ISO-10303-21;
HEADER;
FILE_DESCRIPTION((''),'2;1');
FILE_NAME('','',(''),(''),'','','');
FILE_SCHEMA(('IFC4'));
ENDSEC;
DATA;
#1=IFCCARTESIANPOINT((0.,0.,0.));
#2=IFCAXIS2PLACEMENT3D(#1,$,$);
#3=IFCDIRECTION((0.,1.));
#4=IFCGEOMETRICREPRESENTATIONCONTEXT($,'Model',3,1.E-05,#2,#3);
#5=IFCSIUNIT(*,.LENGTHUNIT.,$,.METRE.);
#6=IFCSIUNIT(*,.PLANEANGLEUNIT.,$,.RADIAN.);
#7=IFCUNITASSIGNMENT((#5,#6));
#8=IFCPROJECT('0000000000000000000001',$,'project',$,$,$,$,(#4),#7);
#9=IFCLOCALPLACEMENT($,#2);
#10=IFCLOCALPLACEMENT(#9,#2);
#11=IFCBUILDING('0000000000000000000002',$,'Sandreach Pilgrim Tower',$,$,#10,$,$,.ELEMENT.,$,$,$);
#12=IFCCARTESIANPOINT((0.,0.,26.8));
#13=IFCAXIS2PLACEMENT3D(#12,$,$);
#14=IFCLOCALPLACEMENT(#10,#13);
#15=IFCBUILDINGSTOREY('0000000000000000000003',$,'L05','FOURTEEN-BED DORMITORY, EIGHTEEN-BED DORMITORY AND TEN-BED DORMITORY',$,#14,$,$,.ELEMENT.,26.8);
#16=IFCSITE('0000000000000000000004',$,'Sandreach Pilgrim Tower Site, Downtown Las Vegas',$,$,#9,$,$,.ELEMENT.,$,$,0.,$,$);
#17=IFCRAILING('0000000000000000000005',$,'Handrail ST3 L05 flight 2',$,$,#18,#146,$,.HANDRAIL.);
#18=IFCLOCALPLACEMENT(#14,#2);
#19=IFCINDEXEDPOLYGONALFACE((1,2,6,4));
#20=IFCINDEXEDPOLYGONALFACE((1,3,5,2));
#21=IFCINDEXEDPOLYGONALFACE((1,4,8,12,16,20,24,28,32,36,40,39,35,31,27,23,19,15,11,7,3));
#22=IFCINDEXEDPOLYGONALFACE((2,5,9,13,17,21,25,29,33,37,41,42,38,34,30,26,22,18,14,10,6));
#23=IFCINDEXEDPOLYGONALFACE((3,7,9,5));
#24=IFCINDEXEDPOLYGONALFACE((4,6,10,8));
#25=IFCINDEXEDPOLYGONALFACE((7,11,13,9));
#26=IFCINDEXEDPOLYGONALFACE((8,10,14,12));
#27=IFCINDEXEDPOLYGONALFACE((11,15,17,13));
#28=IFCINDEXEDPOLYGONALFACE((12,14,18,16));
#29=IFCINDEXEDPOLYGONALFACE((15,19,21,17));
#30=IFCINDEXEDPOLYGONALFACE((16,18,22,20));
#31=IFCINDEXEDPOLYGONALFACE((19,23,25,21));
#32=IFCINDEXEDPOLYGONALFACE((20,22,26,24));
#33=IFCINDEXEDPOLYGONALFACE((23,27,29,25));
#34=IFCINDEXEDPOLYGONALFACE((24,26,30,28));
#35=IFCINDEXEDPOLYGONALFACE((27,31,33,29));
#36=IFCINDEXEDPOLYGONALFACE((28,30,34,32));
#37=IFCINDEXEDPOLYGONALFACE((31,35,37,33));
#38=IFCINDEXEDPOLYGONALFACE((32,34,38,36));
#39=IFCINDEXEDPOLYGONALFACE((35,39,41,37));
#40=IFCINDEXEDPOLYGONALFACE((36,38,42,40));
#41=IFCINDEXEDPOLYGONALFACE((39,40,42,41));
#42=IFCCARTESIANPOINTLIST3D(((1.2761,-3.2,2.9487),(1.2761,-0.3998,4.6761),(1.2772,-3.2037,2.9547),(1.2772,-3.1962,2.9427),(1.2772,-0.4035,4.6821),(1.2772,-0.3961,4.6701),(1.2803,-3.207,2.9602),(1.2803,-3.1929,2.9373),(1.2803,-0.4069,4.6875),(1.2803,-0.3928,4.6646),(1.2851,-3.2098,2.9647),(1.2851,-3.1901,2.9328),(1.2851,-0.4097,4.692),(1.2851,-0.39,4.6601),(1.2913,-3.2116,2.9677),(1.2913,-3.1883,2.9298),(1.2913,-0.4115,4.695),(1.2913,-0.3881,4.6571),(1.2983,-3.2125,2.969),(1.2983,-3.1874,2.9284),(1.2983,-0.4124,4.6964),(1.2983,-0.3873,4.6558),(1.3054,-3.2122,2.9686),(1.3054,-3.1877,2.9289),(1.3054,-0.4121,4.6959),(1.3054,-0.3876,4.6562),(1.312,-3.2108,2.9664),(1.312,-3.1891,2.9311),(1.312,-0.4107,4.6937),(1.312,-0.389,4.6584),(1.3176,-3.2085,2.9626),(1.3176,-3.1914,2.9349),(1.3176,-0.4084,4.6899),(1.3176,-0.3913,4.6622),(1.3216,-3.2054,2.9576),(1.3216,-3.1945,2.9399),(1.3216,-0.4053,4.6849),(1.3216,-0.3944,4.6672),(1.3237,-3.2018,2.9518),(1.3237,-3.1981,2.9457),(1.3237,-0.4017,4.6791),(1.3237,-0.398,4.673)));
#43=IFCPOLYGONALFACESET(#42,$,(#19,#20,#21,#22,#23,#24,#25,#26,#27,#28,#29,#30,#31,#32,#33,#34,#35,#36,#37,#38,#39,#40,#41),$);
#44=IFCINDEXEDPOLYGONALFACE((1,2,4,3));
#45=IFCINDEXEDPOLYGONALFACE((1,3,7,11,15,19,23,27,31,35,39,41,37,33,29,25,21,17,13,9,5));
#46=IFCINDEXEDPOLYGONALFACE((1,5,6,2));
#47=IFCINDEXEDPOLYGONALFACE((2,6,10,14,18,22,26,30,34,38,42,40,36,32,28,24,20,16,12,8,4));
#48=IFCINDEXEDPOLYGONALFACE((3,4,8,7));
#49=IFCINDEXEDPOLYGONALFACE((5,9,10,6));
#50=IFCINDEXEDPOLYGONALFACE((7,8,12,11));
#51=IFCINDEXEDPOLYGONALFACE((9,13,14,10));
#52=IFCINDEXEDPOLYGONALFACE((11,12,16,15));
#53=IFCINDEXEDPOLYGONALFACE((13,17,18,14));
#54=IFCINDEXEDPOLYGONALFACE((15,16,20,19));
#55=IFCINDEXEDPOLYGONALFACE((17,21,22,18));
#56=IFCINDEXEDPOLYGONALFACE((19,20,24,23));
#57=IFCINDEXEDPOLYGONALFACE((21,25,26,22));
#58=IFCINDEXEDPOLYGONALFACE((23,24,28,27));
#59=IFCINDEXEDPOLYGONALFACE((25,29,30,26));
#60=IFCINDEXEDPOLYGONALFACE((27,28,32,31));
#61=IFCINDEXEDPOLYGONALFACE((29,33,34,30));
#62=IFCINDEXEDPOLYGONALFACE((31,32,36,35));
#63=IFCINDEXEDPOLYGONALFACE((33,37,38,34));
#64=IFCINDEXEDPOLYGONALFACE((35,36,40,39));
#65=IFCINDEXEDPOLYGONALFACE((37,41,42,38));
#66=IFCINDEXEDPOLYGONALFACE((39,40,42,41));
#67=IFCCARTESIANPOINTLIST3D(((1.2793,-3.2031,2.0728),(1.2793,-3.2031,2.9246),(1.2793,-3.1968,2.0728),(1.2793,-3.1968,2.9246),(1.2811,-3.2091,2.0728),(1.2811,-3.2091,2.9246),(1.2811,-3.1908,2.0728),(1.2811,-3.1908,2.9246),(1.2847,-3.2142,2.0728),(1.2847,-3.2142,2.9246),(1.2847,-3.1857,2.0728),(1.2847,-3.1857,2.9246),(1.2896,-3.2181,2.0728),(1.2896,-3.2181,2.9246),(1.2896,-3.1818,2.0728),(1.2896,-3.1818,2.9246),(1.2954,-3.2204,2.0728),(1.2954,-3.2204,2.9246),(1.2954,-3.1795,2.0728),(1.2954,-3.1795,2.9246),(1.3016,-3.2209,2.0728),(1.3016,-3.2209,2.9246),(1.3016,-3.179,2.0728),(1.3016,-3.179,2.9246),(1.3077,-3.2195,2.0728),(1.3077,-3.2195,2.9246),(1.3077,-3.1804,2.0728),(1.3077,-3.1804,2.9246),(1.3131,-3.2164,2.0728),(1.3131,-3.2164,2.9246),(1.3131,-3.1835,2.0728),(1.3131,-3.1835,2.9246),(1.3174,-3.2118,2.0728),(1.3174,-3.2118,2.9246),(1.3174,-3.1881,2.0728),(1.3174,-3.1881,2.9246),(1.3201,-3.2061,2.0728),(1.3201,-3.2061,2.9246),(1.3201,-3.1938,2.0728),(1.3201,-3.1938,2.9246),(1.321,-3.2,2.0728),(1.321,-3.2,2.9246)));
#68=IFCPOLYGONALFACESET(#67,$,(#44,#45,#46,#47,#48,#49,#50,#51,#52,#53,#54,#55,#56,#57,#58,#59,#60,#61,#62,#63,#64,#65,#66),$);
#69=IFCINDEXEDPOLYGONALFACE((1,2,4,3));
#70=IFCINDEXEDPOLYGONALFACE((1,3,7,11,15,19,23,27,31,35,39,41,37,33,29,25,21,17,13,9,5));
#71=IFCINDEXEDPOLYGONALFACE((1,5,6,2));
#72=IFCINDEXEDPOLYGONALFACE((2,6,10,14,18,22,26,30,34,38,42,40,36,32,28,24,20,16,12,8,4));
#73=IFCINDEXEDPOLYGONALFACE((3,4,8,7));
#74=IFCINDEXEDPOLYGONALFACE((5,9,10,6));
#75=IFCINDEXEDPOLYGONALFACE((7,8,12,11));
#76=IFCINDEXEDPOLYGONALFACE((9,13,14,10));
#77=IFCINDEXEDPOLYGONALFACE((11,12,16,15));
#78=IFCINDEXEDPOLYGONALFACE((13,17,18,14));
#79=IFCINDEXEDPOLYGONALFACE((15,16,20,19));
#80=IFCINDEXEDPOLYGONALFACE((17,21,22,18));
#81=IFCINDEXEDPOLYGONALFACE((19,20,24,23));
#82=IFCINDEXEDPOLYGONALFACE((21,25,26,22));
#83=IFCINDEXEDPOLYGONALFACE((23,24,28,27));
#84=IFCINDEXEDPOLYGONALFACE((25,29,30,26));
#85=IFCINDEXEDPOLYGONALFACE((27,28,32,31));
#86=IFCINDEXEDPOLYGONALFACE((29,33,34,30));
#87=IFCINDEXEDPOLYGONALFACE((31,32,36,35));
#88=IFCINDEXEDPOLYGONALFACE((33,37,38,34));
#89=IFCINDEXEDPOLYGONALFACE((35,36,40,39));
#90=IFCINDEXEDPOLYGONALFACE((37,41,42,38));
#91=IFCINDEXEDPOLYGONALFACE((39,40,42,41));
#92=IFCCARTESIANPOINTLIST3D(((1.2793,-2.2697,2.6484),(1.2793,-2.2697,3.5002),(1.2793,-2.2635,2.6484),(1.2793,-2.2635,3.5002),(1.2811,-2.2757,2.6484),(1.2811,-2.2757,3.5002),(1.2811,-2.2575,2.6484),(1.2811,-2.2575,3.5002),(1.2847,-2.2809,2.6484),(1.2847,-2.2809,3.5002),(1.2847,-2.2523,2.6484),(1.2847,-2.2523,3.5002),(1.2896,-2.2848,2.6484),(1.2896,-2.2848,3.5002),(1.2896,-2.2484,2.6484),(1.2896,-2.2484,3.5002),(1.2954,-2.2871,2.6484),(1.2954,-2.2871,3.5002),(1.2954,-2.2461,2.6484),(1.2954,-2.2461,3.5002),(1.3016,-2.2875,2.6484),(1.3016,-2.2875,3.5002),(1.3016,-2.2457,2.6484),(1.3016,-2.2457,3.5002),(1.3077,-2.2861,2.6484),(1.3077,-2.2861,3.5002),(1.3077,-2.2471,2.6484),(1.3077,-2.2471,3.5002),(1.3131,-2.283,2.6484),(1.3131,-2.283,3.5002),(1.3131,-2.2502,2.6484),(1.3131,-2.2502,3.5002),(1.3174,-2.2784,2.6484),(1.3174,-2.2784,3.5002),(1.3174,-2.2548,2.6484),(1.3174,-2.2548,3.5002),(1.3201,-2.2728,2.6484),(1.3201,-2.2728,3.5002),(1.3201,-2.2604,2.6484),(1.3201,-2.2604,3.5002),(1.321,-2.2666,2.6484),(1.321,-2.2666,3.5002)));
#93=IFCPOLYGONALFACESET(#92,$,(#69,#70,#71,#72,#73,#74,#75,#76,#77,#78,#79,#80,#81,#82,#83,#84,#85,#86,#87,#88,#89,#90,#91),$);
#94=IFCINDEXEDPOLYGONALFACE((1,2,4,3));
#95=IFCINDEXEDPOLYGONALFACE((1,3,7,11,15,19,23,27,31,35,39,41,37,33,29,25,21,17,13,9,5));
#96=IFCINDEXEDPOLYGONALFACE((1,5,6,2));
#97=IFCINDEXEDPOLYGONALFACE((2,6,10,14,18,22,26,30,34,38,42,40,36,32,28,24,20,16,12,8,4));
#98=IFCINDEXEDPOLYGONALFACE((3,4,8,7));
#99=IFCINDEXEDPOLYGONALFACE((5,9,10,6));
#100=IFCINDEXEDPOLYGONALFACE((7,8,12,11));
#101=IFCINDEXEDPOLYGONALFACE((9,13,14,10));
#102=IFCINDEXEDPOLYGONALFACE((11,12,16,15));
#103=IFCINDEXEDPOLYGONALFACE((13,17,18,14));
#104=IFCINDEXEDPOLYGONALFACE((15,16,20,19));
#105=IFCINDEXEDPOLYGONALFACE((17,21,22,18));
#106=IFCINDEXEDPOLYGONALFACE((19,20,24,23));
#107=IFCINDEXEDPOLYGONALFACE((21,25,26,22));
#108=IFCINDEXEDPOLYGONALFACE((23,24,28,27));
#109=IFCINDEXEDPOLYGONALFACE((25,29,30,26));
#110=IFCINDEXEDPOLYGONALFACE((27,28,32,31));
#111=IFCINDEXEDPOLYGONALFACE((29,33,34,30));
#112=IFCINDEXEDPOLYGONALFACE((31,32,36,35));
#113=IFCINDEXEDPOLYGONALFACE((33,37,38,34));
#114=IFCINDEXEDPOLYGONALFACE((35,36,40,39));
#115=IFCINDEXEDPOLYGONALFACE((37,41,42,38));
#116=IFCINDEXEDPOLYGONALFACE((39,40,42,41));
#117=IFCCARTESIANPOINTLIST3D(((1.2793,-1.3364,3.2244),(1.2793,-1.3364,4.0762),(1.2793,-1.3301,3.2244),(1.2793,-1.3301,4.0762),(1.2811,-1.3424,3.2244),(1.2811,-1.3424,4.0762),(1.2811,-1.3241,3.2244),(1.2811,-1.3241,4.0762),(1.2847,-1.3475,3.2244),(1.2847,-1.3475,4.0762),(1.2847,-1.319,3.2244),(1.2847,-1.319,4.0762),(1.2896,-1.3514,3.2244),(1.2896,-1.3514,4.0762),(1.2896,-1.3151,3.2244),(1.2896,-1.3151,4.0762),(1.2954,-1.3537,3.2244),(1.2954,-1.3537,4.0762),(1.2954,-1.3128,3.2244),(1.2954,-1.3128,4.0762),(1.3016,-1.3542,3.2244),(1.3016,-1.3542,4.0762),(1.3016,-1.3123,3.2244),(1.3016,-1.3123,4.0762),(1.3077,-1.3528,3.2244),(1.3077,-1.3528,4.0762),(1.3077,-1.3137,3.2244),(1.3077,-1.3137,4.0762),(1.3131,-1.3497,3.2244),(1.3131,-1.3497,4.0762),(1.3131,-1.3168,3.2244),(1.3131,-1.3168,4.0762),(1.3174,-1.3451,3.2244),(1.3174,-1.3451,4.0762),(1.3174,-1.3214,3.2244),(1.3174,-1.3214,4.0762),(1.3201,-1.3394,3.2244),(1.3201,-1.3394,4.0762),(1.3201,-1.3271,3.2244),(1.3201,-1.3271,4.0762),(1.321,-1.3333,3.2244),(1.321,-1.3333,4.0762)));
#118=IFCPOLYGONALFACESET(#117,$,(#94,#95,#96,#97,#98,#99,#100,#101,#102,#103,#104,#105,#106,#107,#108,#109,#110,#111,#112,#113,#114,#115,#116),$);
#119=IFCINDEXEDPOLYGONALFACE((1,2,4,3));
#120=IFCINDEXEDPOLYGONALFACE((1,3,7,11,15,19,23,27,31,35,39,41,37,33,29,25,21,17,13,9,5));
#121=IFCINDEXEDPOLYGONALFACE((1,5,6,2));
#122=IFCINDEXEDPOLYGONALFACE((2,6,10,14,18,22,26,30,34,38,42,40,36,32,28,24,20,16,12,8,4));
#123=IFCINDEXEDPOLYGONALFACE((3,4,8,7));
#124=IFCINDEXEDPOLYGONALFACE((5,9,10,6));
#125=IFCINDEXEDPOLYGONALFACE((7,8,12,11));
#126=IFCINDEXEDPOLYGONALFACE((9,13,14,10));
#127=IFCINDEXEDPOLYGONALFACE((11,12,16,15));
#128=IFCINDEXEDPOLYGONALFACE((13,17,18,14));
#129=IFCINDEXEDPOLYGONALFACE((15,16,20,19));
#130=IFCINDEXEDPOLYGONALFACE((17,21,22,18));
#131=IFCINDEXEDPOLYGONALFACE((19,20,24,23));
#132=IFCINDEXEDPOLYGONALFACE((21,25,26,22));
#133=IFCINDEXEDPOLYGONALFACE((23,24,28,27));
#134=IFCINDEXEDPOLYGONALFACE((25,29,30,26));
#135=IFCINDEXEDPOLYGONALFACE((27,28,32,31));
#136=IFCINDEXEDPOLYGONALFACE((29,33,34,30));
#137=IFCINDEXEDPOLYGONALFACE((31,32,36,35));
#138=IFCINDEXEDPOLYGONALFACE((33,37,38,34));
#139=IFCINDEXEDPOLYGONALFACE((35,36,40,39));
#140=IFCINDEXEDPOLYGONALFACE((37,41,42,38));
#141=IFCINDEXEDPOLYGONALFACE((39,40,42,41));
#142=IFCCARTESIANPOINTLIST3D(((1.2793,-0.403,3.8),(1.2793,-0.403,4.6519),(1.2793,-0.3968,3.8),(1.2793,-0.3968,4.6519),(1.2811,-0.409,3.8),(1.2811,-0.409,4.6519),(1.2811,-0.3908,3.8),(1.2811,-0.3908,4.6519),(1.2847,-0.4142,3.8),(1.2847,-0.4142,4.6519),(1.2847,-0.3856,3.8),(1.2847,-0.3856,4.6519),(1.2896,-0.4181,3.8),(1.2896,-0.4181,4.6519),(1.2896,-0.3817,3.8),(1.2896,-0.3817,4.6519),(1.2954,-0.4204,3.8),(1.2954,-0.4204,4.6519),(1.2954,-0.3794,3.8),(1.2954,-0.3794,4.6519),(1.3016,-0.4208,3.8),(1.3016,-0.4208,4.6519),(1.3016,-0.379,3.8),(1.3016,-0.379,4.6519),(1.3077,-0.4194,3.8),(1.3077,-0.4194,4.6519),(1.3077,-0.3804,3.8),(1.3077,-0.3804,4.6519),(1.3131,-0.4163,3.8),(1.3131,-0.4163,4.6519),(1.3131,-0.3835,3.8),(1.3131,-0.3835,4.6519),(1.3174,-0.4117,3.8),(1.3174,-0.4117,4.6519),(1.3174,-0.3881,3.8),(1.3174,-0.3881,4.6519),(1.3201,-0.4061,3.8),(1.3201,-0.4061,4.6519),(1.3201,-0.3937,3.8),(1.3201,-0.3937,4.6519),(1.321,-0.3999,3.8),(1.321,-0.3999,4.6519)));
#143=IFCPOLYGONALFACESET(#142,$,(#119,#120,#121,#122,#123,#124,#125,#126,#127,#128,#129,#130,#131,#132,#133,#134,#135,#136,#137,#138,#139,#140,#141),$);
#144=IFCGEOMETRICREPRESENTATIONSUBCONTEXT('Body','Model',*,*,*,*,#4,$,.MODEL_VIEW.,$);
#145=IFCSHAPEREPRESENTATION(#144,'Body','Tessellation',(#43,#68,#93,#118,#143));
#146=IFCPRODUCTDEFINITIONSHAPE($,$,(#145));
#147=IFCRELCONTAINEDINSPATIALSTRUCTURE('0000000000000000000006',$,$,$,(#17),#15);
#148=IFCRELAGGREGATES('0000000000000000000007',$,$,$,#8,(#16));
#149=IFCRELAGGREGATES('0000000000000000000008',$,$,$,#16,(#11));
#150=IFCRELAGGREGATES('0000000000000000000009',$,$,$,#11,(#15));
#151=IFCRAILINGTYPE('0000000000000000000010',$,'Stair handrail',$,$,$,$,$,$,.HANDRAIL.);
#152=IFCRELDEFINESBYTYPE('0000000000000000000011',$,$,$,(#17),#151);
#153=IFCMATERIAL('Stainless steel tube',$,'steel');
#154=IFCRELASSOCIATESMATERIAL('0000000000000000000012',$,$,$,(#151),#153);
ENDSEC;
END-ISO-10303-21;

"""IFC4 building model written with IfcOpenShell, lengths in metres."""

from ifc_helpers import new_model, si_unit, direction, frame, origin, origin_2d, place, context, subcontext, project, spatial, circle, extrude, material, type_object, element, save


model = new_model("IFC4")

# Units and contexts
model_context = context("Model", 3, precision=1e-05, world=origin(), true_north=direction((0.0, 1.0)))
body_context = subcontext(model_context, "Body", "Model", "MODEL_VIEW")
ifc_project = project(units=[si_unit("LENGTHUNIT", "METRE"), si_unit("PLANEANGLEUNIT", "RADIAN")], contexts=[model_context])

# Site, building, storey
site_placement = place(None, origin())
site = spatial("IfcSite", under=ifc_project, at=site_placement, Name="Sandreach Pilgrim Tower Site, Downtown Las Vegas", CompositionType="ELEMENT", RefElevation=0.0)
building_placement = place(site_placement, origin())
building = spatial("IfcBuilding", under=site, at=building_placement, Name="Sandreach Pilgrim Tower", CompositionType="ELEMENT")
storey_placement = place(building_placement, frame((0.0, 0.0, 26.8)))
storey = spatial("IfcBuildingStorey", under=building, at=storey_placement, Name="L05", Description="FOURTEEN-BED DORMITORY, EIGHTEEN-BED DORMITORY AND TEN-BED DORMITORY", CompositionType="ELEMENT", Elevation=26.8)

# Railing
ifc_material_1 = material(Name="Stainless steel tube", Category="steel")
railing_type = type_object("IfcRailingType", Name="Stair handrail", PredefinedType="HANDRAIL", material=ifc_material_1)
for number, where, name in (
    (1, (1.3, -3.2, 2.0728), "Handrail ST3 L05 flight 2"),
):
    element("IfcRailing", number, at=place(storey_placement, frame(where)), inside=storey, type_object=railing_type, Name=name, PredefinedType="HANDRAIL", context=body_context, shape_type="SweptSolid", body=[
        extrude(circle(Radius=0.0239, at=origin_2d()), frame((0.0, 0.0, 0.876), z_axis=(0.0, 0.85109, 0.52502), x_axis=(-1.0, 0.0, 0.0)), (0.0, 0.0, 1.0), 3.29),
        extrude(circle(Radius=0.021, at=origin_2d()), origin(), (0.0, 0.0, 1.0), 0.8518),
        extrude(circle(Radius=0.021, at=origin_2d()), frame((0.0, 0.9333, 0.5757)), (0.0, 0.0, 1.0), 0.8518),
        extrude(circle(Radius=0.021, at=origin_2d()), frame((0.0, 1.8667, 1.1516)), (0.0, 0.0, 1.0), 0.8518),
        extrude(circle(Radius=0.021, at=origin_2d()), frame((0.0, 2.8, 1.7273)), (0.0, 0.0, 1.0), 0.8518),
    ])

save(model, "model.ifc")
